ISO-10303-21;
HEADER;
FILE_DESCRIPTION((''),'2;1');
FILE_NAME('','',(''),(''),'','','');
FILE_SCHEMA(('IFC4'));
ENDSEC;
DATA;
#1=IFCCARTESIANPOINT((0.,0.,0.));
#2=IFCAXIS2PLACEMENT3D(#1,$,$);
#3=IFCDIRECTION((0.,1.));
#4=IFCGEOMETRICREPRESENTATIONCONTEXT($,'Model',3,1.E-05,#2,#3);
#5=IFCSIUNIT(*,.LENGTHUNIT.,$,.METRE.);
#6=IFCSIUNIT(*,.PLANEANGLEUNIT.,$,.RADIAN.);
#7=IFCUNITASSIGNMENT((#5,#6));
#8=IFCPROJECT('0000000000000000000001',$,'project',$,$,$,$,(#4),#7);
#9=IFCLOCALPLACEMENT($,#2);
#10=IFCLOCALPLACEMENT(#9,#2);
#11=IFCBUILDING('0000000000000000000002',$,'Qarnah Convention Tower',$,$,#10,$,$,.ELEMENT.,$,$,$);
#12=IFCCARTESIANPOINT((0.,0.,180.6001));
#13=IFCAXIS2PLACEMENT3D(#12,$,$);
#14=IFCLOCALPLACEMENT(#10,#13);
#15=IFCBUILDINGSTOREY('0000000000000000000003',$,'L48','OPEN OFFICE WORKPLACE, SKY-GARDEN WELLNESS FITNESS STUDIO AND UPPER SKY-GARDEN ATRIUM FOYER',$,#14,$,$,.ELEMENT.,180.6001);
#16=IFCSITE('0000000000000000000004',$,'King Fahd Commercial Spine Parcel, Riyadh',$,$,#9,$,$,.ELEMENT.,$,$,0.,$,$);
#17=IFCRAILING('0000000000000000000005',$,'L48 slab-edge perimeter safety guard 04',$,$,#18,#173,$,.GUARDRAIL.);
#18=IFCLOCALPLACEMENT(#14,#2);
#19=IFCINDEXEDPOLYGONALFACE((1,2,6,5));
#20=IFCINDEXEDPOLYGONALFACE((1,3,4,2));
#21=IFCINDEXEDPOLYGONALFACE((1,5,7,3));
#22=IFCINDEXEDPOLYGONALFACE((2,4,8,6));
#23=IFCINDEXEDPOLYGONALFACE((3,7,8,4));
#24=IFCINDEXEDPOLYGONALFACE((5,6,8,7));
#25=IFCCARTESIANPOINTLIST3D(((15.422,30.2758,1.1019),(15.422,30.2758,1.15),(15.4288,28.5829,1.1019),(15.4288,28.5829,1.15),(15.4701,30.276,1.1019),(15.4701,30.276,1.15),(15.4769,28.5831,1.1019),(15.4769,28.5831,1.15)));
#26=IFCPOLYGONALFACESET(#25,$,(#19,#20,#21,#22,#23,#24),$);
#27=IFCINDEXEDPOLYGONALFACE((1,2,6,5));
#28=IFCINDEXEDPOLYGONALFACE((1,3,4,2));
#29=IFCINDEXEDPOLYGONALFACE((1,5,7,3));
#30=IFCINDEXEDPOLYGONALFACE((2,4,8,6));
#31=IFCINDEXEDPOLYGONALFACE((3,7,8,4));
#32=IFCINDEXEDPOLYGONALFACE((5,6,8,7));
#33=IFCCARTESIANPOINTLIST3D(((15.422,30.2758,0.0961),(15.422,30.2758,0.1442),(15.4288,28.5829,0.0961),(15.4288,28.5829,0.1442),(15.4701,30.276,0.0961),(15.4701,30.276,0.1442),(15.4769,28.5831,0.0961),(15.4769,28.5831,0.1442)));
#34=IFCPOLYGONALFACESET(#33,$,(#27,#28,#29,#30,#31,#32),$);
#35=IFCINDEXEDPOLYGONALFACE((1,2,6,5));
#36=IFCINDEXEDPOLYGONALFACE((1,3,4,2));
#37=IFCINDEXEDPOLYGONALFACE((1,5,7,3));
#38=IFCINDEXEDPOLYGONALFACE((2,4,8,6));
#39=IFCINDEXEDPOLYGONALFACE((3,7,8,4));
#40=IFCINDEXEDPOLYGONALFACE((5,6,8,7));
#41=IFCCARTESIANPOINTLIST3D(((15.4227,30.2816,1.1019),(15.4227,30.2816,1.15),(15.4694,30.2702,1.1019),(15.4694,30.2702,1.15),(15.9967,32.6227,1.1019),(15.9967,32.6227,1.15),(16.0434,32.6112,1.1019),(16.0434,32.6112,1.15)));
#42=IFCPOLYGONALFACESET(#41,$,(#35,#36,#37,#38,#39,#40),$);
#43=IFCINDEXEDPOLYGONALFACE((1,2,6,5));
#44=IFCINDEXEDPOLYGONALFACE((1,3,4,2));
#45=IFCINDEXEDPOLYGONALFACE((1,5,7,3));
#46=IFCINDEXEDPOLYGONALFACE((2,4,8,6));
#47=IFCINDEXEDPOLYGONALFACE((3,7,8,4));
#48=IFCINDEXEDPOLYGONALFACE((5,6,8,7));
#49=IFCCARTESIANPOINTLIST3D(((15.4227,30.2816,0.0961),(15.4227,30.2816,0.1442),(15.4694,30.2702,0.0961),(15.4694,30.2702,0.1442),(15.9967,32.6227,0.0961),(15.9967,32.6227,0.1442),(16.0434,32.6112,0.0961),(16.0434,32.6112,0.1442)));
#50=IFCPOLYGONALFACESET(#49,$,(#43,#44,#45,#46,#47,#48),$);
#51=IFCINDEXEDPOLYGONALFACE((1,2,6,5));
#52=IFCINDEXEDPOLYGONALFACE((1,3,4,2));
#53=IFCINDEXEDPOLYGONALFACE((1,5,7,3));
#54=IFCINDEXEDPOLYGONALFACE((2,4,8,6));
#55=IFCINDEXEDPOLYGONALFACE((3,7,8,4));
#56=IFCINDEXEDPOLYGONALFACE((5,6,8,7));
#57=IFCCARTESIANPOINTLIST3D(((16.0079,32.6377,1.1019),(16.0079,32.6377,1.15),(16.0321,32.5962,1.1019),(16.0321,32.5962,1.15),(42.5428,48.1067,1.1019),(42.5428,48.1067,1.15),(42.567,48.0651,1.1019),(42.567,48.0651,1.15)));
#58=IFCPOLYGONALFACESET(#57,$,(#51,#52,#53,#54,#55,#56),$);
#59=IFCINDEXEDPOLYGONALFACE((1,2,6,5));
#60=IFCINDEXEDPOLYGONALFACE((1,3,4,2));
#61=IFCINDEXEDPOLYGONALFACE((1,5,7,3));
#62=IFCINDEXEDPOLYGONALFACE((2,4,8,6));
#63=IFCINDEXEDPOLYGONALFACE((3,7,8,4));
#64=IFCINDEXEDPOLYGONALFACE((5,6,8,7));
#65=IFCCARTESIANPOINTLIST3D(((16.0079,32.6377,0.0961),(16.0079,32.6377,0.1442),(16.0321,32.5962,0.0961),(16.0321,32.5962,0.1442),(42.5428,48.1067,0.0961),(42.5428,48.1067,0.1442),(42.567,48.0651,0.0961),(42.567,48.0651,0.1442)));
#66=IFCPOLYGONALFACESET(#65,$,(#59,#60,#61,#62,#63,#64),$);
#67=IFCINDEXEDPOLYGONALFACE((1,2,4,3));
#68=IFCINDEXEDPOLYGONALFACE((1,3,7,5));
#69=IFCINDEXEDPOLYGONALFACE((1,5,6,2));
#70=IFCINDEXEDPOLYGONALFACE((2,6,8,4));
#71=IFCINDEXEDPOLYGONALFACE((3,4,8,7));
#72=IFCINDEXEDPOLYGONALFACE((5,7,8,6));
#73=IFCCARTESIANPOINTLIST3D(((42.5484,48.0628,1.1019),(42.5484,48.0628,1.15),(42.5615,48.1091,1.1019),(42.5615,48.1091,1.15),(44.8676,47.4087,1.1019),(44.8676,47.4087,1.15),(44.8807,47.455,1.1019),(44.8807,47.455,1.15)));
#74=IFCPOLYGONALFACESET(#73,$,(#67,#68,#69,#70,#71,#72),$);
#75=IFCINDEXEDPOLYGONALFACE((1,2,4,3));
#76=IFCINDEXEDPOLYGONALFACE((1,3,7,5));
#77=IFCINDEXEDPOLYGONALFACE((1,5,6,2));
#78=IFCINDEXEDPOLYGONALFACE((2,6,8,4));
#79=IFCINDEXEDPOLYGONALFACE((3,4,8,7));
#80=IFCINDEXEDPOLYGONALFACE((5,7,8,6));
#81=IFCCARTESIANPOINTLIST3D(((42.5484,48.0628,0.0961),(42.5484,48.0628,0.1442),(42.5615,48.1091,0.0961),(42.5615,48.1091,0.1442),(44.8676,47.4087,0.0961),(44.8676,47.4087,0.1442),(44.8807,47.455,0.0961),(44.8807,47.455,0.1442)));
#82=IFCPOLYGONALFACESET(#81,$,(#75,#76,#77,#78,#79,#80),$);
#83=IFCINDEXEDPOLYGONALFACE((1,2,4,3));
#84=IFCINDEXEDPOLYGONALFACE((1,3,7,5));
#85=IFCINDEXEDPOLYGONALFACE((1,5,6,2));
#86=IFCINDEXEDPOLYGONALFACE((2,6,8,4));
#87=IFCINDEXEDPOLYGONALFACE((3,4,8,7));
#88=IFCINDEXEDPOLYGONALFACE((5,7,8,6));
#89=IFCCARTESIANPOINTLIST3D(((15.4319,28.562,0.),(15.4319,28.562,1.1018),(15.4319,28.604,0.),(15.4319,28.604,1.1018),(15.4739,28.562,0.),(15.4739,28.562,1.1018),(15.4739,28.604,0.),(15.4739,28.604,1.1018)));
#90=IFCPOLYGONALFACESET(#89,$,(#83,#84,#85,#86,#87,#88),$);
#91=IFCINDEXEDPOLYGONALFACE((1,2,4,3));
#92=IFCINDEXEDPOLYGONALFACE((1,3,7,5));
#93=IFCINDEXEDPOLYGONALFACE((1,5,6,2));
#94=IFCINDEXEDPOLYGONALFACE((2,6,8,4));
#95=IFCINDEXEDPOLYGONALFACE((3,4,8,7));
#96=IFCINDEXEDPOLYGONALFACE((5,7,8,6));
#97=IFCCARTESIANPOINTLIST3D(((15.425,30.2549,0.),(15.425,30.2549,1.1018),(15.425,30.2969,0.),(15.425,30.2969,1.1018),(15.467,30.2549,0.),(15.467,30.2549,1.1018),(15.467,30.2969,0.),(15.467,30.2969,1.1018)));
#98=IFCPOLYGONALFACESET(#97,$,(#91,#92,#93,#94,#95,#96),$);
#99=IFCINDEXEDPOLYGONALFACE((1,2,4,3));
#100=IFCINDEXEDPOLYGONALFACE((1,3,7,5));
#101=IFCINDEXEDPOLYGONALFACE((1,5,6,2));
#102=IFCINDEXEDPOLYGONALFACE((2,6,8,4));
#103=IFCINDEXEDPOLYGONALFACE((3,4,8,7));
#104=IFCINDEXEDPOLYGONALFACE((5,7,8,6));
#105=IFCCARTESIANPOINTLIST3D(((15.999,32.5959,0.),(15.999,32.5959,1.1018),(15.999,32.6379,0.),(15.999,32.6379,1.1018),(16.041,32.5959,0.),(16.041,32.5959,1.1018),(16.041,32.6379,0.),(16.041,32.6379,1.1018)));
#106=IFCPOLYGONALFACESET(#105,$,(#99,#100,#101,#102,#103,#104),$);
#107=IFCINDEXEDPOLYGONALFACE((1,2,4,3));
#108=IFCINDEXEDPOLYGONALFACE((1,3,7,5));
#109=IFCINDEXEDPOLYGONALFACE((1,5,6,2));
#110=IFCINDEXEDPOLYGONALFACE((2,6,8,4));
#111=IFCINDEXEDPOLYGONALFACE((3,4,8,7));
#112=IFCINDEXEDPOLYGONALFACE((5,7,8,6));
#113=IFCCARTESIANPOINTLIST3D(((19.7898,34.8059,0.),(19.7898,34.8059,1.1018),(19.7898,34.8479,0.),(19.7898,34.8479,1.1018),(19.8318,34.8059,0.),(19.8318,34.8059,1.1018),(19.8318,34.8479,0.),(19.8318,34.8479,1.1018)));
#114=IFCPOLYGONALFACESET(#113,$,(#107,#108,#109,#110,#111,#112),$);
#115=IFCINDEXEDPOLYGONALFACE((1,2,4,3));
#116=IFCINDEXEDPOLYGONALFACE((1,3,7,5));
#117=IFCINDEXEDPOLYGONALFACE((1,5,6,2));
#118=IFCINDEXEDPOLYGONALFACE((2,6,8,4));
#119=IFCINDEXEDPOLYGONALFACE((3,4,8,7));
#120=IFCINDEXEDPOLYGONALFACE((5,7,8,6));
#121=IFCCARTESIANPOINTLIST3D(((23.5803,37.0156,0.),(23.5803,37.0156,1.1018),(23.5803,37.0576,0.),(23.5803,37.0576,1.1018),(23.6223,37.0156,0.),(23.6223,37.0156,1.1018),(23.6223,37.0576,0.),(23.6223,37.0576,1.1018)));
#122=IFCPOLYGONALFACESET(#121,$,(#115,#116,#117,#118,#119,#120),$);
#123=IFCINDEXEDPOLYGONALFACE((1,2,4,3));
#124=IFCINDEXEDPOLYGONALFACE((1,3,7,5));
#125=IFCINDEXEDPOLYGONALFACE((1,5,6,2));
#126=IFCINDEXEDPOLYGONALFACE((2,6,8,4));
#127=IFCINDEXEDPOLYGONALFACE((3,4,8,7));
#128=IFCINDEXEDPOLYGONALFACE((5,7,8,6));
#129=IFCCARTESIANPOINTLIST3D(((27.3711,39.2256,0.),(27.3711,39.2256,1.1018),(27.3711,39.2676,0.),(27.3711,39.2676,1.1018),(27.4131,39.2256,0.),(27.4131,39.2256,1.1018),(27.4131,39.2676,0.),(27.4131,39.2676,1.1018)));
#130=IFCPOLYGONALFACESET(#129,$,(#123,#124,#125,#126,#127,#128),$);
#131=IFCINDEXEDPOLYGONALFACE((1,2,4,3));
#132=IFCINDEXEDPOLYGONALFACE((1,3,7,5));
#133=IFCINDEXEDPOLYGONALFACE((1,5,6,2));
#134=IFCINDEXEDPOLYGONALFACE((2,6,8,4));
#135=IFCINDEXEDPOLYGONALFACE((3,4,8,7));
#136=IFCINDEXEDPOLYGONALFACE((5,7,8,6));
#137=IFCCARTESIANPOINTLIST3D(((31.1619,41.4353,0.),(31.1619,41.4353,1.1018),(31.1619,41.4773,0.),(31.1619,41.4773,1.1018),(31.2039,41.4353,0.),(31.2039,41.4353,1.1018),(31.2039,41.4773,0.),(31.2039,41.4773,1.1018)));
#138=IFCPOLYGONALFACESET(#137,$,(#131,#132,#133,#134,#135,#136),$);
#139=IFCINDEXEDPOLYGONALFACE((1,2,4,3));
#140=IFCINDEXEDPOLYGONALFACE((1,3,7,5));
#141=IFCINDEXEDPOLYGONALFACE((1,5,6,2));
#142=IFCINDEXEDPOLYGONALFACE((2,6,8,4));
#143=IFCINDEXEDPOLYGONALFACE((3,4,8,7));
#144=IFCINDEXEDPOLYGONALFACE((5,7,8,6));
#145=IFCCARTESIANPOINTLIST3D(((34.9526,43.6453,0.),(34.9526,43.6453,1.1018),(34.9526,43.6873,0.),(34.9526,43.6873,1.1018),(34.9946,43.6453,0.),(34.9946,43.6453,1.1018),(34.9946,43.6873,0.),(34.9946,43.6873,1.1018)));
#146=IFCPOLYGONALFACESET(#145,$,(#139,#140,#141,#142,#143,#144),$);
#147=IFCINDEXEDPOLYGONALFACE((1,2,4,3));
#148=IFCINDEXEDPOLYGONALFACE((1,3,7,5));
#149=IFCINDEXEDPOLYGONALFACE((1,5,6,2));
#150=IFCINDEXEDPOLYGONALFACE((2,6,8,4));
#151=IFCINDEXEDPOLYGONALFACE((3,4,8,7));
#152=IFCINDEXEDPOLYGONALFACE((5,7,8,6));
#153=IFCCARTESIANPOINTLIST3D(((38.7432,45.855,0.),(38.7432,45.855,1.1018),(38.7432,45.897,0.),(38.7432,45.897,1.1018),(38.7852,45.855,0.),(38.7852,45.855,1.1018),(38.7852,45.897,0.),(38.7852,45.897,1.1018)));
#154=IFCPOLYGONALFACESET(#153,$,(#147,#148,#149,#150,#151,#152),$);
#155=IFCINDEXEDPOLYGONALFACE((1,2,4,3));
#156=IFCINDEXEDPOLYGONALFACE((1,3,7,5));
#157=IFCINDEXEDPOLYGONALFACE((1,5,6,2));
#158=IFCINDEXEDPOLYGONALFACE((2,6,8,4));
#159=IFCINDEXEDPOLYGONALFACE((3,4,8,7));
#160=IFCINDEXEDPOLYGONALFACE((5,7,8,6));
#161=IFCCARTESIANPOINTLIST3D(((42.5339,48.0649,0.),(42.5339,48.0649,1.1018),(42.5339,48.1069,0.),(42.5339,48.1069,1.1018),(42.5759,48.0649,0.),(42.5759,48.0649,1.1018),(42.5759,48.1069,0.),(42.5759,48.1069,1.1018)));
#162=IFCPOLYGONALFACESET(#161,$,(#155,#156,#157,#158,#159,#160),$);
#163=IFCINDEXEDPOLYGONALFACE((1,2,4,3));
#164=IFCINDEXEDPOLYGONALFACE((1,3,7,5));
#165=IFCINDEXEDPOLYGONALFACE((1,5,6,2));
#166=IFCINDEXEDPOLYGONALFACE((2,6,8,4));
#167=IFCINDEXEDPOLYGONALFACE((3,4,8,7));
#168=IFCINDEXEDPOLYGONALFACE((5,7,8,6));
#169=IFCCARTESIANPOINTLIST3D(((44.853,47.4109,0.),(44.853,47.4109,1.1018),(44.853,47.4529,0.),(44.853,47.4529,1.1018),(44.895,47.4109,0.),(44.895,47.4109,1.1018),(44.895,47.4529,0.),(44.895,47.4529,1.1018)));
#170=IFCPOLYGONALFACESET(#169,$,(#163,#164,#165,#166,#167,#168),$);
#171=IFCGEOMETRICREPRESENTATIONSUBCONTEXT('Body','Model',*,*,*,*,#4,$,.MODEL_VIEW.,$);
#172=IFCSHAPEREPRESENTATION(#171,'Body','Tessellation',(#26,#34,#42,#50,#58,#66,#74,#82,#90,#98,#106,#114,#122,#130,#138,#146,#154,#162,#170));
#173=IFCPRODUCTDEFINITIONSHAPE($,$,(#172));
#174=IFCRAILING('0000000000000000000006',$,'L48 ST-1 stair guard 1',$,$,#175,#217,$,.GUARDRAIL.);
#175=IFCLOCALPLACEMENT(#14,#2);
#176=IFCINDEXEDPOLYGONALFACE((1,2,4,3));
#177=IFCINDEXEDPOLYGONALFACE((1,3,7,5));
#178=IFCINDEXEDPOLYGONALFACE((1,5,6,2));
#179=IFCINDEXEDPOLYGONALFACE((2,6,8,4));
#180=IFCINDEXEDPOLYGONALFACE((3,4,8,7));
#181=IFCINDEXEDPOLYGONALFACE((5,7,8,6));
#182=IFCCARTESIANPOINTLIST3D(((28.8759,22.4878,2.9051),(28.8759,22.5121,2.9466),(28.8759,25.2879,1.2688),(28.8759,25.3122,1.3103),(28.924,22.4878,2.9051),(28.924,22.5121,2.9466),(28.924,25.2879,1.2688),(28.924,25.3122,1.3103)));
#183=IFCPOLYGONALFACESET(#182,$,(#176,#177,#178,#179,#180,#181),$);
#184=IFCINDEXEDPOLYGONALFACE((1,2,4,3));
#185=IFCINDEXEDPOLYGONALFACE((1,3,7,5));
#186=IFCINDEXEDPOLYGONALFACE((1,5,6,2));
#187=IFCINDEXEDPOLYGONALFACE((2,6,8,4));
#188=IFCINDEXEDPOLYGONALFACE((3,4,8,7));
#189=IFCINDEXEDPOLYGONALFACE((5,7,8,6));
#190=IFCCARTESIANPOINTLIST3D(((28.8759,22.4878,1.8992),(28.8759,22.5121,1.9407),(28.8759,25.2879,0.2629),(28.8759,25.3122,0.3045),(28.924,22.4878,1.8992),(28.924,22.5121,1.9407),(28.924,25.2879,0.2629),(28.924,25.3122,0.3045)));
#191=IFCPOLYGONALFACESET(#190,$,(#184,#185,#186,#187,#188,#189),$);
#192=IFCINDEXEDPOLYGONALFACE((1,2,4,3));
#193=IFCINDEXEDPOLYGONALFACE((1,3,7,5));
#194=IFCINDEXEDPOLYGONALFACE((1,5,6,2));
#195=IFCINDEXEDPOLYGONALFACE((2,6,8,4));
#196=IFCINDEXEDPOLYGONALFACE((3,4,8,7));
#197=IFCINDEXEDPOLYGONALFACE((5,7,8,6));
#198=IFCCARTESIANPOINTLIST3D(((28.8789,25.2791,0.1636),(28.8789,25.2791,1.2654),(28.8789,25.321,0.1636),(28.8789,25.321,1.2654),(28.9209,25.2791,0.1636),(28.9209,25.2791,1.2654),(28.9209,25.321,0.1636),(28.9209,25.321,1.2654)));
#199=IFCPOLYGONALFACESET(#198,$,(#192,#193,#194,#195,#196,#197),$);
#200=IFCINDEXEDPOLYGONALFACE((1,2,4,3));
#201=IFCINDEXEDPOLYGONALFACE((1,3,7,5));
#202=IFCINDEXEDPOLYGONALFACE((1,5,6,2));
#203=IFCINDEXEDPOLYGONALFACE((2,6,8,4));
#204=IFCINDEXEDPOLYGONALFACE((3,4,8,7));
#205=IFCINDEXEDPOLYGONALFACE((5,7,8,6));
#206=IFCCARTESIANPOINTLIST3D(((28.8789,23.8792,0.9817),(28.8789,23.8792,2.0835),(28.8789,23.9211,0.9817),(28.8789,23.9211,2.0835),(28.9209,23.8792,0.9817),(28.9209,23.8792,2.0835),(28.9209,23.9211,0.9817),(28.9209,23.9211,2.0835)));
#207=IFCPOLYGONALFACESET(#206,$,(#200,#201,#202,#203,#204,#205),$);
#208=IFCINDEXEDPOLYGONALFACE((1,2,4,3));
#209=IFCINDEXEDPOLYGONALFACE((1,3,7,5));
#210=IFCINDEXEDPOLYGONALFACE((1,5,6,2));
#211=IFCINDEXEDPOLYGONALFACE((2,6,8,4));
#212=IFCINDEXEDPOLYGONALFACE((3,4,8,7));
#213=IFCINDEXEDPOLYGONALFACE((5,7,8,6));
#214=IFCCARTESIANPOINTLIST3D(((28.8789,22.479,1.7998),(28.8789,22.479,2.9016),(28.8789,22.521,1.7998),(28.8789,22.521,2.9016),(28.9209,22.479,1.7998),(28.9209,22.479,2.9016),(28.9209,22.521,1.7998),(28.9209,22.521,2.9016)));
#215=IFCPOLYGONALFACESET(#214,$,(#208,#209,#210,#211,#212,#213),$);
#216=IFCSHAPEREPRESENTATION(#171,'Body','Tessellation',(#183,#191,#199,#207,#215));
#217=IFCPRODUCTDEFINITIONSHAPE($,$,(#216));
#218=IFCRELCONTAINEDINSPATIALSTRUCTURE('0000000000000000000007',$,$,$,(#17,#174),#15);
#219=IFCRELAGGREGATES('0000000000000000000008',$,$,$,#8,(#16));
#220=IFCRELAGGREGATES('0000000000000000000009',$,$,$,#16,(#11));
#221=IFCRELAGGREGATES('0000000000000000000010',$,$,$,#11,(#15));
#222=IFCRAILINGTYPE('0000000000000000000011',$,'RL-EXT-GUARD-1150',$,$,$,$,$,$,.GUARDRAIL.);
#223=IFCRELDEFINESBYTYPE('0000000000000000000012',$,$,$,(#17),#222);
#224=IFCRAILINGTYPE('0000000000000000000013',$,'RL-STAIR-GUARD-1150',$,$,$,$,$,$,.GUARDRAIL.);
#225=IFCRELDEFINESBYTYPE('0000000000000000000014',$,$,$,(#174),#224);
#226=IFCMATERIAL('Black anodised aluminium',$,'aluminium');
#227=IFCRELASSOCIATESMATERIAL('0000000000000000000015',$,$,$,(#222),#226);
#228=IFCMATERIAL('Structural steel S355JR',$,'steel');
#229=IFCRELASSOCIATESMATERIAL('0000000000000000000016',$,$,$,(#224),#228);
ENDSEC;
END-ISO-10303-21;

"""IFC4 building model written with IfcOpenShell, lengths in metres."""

from ifc_helpers import new_model, si_unit, direction, frame, origin, origin_2d, place, context, subcontext, project, spatial, rectangle, extrude, material, type_object, element, save


model = new_model("IFC4")

# Units and contexts
model_context = context("Model", 3, precision=1e-05, world=origin(), true_north=direction((0.0, 1.0)))
body_context = subcontext(model_context, "Body", "Model", "MODEL_VIEW")
ifc_project = project(units=[si_unit("LENGTHUNIT", "METRE"), si_unit("PLANEANGLEUNIT", "RADIAN")], contexts=[model_context])

# Site, building, storey
site_placement = place(None, origin())
site = spatial("IfcSite", under=ifc_project, at=site_placement, Name="King Fahd Commercial Spine Parcel, Riyadh", CompositionType="ELEMENT", RefElevation=0.0)
building_placement = place(site_placement, origin())
building = spatial("IfcBuilding", under=site, at=building_placement, Name="Qarnah Convention Tower", CompositionType="ELEMENT")
storey_placement = place(building_placement, frame((0.0, 0.0, 180.6001)))
storey = spatial("IfcBuildingStorey", under=building, at=storey_placement, Name="L48", Description="OPEN OFFICE WORKPLACE, SKY-GARDEN WELLNESS FITNESS STUDIO AND UPPER SKY-GARDEN ATRIUM FOYER", CompositionType="ELEMENT", Elevation=180.6001)

# Shared definitions
ifc_material_1 = material(Name="Structural steel S355JR", Category="steel")

# Shared definitions
ifc_material_2 = material(Name="Black anodised aluminium", Category="aluminium")

# Railings
railing_type_1 = type_object("IfcRailingType", Name="RL-EXT-GUARD-1150", PredefinedType="GUARDRAIL", material=ifc_material_2)
railing_1_placement = place(storey_placement, frame((15.4529, 28.583, 0.0)))
element("IfcRailing", 1, at=railing_1_placement, inside=storey, type_object=railing_type_1, Name="L48 slab-edge perimeter safety guard 04", PredefinedType="GUARDRAIL", context=body_context, shape_type="SweptSolid", body=[
    extrude(rectangle(XDim=0.0481, YDim=0.0481, at=origin_2d()), frame((0.0, 0.0, 1.126), z_axis=(-0.004038, 0.999992, 0.0), x_axis=(-0.999992, -0.004038, 0.0)), (0.0, 0.0, 1.0), 1.6929),
    extrude(rectangle(XDim=0.0481, YDim=0.0481, at=origin_2d()), frame((0.0, 0.0, 0.1201), z_axis=(-0.004038, 0.999992, 0.0), x_axis=(-0.999992, -0.004038, 0.0)), (0.0, 0.0, 1.0), 1.6929),
    extrude(rectangle(XDim=0.0481, YDim=0.0481, at=origin_2d()), frame((-0.0068, 1.6929, 1.126), z_axis=(0.238124, 0.971235, 0.0), x_axis=(-0.971235, 0.238124, 0.0)), (0.0, 0.0, 1.0), 2.4104),
    extrude(rectangle(XDim=0.0481, YDim=0.0481, at=origin_2d()), frame((-0.0068, 1.6929, 0.1201), z_axis=(0.238124, 0.971235, 0.0), x_axis=(-0.971235, 0.238124, 0.0)), (0.0, 0.0, 1.0), 2.4104),
    extrude(rectangle(XDim=0.0481, YDim=0.0481, at=origin_2d()), frame((0.5671, 4.0339, 1.126), z_axis=(0.863916, 0.503635, 0.0), x_axis=(-0.503635, 0.863916, 0.0)), (0.0, 0.0, 1.0), 30.7146),
    extrude(rectangle(XDim=0.0481, YDim=0.0481, at=origin_2d()), frame((0.5671, 4.0339, 0.1201), z_axis=(0.863916, 0.503635, 0.0), x_axis=(-0.503635, 0.863916, 0.0)), (0.0, 0.0, 1.0), 30.7146),
    extrude(rectangle(XDim=0.0481, YDim=0.0481, at=origin_2d()), frame((27.1021, 19.5029, 1.126), z_axis=(0.962455, -0.271441, 0.0), x_axis=(0.271441, 0.962455, 0.0)), (0.0, 0.0, 1.0), 2.4097),
    extrude(rectangle(XDim=0.0481, YDim=0.0481, at=origin_2d()), frame((27.1021, 19.5029, 0.1201), z_axis=(0.962455, -0.271441, 0.0), x_axis=(0.271441, 0.962455, 0.0)), (0.0, 0.0, 1.0), 2.4097),
    extrude(rectangle(XDim=0.042, YDim=0.042, at=origin_2d()), origin(), (0.0, 0.0, 1.0), 1.1018),
    extrude(rectangle(XDim=0.042, YDim=0.042, at=origin_2d()), frame((-0.0068, 1.6929, 0.0)), (0.0, 0.0, 1.0), 1.1018),
    extrude(rectangle(XDim=0.042, YDim=0.042, at=origin_2d()), frame((0.5671, 4.0339, 0.0)), (0.0, 0.0, 1.0), 1.1018),
    extrude(rectangle(XDim=0.042, YDim=0.042, at=origin_2d()), frame((4.3579, 6.2439, 0.0)), (0.0, 0.0, 1.0), 1.1018),
    extrude(rectangle(XDim=0.042, YDim=0.042, at=origin_2d()), frame((8.1484, 8.4536, 0.0)), (0.0, 0.0, 1.0), 1.1018),
    extrude(rectangle(XDim=0.042, YDim=0.042, at=origin_2d()), frame((11.9392, 10.6636, 0.0)), (0.0, 0.0, 1.0), 1.1018),
    extrude(rectangle(XDim=0.042, YDim=0.042, at=origin_2d()), frame((15.73, 12.8733, 0.0)), (0.0, 0.0, 1.0), 1.1018),
    extrude(rectangle(XDim=0.042, YDim=0.042, at=origin_2d()), frame((19.5208, 15.0833, 0.0)), (0.0, 0.0, 1.0), 1.1018),
    extrude(rectangle(XDim=0.042, YDim=0.042, at=origin_2d()), frame((23.3113, 17.293, 0.0)), (0.0, 0.0, 1.0), 1.1018),
    extrude(rectangle(XDim=0.042, YDim=0.042, at=origin_2d()), frame((27.1021, 19.5029, 0.0)), (0.0, 0.0, 1.0), 1.1018),
    extrude(rectangle(XDim=0.042, YDim=0.042, at=origin_2d()), frame((29.4211, 18.8489, 0.0)), (0.0, 0.0, 1.0), 1.1018),
])
railing_type_2 = type_object("IfcRailingType", Name="RL-STAIR-GUARD-1150", PredefinedType="GUARDRAIL", material=ifc_material_1)
railing_2_placement = place(storey_placement, frame((28.8999, 25.3, 0.1636)))
element("IfcRailing", 2, at=railing_2_placement, inside=storey, type_object=railing_type_2, Name="L48 ST-1 stair guard 1", PredefinedType="GUARDRAIL", context=body_context, shape_type="SweptSolid", body=[
    extrude(rectangle(XDim=0.0481, YDim=0.0481, at=origin_2d()), frame((0.0, 0.0, 1.126), z_axis=(0.0, -0.863394, 0.504531), x_axis=(1.0, 0.0, 0.0)), (0.0, 0.0, 1.0), 3.2432),
    extrude(rectangle(XDim=0.0481, YDim=0.0481, at=origin_2d()), frame((0.0, 0.0, 0.1201), z_axis=(0.0, -0.863394, 0.504531), x_axis=(1.0, 0.0, 0.0)), (0.0, 0.0, 1.0), 3.2432),
    extrude(rectangle(XDim=0.042, YDim=0.042, at=origin_2d()), origin(), (0.0, 0.0, 1.0), 1.1018),
    extrude(rectangle(XDim=0.042, YDim=0.042, at=origin_2d()), frame((0.0, -1.3999, 0.8181)), (0.0, 0.0, 1.0), 1.1018),
    extrude(rectangle(XDim=0.042, YDim=0.042, at=origin_2d()), frame((0.0, -2.8, 1.6362)), (0.0, 0.0, 1.0), 1.1018),
])

save(model, "model.ifc")
